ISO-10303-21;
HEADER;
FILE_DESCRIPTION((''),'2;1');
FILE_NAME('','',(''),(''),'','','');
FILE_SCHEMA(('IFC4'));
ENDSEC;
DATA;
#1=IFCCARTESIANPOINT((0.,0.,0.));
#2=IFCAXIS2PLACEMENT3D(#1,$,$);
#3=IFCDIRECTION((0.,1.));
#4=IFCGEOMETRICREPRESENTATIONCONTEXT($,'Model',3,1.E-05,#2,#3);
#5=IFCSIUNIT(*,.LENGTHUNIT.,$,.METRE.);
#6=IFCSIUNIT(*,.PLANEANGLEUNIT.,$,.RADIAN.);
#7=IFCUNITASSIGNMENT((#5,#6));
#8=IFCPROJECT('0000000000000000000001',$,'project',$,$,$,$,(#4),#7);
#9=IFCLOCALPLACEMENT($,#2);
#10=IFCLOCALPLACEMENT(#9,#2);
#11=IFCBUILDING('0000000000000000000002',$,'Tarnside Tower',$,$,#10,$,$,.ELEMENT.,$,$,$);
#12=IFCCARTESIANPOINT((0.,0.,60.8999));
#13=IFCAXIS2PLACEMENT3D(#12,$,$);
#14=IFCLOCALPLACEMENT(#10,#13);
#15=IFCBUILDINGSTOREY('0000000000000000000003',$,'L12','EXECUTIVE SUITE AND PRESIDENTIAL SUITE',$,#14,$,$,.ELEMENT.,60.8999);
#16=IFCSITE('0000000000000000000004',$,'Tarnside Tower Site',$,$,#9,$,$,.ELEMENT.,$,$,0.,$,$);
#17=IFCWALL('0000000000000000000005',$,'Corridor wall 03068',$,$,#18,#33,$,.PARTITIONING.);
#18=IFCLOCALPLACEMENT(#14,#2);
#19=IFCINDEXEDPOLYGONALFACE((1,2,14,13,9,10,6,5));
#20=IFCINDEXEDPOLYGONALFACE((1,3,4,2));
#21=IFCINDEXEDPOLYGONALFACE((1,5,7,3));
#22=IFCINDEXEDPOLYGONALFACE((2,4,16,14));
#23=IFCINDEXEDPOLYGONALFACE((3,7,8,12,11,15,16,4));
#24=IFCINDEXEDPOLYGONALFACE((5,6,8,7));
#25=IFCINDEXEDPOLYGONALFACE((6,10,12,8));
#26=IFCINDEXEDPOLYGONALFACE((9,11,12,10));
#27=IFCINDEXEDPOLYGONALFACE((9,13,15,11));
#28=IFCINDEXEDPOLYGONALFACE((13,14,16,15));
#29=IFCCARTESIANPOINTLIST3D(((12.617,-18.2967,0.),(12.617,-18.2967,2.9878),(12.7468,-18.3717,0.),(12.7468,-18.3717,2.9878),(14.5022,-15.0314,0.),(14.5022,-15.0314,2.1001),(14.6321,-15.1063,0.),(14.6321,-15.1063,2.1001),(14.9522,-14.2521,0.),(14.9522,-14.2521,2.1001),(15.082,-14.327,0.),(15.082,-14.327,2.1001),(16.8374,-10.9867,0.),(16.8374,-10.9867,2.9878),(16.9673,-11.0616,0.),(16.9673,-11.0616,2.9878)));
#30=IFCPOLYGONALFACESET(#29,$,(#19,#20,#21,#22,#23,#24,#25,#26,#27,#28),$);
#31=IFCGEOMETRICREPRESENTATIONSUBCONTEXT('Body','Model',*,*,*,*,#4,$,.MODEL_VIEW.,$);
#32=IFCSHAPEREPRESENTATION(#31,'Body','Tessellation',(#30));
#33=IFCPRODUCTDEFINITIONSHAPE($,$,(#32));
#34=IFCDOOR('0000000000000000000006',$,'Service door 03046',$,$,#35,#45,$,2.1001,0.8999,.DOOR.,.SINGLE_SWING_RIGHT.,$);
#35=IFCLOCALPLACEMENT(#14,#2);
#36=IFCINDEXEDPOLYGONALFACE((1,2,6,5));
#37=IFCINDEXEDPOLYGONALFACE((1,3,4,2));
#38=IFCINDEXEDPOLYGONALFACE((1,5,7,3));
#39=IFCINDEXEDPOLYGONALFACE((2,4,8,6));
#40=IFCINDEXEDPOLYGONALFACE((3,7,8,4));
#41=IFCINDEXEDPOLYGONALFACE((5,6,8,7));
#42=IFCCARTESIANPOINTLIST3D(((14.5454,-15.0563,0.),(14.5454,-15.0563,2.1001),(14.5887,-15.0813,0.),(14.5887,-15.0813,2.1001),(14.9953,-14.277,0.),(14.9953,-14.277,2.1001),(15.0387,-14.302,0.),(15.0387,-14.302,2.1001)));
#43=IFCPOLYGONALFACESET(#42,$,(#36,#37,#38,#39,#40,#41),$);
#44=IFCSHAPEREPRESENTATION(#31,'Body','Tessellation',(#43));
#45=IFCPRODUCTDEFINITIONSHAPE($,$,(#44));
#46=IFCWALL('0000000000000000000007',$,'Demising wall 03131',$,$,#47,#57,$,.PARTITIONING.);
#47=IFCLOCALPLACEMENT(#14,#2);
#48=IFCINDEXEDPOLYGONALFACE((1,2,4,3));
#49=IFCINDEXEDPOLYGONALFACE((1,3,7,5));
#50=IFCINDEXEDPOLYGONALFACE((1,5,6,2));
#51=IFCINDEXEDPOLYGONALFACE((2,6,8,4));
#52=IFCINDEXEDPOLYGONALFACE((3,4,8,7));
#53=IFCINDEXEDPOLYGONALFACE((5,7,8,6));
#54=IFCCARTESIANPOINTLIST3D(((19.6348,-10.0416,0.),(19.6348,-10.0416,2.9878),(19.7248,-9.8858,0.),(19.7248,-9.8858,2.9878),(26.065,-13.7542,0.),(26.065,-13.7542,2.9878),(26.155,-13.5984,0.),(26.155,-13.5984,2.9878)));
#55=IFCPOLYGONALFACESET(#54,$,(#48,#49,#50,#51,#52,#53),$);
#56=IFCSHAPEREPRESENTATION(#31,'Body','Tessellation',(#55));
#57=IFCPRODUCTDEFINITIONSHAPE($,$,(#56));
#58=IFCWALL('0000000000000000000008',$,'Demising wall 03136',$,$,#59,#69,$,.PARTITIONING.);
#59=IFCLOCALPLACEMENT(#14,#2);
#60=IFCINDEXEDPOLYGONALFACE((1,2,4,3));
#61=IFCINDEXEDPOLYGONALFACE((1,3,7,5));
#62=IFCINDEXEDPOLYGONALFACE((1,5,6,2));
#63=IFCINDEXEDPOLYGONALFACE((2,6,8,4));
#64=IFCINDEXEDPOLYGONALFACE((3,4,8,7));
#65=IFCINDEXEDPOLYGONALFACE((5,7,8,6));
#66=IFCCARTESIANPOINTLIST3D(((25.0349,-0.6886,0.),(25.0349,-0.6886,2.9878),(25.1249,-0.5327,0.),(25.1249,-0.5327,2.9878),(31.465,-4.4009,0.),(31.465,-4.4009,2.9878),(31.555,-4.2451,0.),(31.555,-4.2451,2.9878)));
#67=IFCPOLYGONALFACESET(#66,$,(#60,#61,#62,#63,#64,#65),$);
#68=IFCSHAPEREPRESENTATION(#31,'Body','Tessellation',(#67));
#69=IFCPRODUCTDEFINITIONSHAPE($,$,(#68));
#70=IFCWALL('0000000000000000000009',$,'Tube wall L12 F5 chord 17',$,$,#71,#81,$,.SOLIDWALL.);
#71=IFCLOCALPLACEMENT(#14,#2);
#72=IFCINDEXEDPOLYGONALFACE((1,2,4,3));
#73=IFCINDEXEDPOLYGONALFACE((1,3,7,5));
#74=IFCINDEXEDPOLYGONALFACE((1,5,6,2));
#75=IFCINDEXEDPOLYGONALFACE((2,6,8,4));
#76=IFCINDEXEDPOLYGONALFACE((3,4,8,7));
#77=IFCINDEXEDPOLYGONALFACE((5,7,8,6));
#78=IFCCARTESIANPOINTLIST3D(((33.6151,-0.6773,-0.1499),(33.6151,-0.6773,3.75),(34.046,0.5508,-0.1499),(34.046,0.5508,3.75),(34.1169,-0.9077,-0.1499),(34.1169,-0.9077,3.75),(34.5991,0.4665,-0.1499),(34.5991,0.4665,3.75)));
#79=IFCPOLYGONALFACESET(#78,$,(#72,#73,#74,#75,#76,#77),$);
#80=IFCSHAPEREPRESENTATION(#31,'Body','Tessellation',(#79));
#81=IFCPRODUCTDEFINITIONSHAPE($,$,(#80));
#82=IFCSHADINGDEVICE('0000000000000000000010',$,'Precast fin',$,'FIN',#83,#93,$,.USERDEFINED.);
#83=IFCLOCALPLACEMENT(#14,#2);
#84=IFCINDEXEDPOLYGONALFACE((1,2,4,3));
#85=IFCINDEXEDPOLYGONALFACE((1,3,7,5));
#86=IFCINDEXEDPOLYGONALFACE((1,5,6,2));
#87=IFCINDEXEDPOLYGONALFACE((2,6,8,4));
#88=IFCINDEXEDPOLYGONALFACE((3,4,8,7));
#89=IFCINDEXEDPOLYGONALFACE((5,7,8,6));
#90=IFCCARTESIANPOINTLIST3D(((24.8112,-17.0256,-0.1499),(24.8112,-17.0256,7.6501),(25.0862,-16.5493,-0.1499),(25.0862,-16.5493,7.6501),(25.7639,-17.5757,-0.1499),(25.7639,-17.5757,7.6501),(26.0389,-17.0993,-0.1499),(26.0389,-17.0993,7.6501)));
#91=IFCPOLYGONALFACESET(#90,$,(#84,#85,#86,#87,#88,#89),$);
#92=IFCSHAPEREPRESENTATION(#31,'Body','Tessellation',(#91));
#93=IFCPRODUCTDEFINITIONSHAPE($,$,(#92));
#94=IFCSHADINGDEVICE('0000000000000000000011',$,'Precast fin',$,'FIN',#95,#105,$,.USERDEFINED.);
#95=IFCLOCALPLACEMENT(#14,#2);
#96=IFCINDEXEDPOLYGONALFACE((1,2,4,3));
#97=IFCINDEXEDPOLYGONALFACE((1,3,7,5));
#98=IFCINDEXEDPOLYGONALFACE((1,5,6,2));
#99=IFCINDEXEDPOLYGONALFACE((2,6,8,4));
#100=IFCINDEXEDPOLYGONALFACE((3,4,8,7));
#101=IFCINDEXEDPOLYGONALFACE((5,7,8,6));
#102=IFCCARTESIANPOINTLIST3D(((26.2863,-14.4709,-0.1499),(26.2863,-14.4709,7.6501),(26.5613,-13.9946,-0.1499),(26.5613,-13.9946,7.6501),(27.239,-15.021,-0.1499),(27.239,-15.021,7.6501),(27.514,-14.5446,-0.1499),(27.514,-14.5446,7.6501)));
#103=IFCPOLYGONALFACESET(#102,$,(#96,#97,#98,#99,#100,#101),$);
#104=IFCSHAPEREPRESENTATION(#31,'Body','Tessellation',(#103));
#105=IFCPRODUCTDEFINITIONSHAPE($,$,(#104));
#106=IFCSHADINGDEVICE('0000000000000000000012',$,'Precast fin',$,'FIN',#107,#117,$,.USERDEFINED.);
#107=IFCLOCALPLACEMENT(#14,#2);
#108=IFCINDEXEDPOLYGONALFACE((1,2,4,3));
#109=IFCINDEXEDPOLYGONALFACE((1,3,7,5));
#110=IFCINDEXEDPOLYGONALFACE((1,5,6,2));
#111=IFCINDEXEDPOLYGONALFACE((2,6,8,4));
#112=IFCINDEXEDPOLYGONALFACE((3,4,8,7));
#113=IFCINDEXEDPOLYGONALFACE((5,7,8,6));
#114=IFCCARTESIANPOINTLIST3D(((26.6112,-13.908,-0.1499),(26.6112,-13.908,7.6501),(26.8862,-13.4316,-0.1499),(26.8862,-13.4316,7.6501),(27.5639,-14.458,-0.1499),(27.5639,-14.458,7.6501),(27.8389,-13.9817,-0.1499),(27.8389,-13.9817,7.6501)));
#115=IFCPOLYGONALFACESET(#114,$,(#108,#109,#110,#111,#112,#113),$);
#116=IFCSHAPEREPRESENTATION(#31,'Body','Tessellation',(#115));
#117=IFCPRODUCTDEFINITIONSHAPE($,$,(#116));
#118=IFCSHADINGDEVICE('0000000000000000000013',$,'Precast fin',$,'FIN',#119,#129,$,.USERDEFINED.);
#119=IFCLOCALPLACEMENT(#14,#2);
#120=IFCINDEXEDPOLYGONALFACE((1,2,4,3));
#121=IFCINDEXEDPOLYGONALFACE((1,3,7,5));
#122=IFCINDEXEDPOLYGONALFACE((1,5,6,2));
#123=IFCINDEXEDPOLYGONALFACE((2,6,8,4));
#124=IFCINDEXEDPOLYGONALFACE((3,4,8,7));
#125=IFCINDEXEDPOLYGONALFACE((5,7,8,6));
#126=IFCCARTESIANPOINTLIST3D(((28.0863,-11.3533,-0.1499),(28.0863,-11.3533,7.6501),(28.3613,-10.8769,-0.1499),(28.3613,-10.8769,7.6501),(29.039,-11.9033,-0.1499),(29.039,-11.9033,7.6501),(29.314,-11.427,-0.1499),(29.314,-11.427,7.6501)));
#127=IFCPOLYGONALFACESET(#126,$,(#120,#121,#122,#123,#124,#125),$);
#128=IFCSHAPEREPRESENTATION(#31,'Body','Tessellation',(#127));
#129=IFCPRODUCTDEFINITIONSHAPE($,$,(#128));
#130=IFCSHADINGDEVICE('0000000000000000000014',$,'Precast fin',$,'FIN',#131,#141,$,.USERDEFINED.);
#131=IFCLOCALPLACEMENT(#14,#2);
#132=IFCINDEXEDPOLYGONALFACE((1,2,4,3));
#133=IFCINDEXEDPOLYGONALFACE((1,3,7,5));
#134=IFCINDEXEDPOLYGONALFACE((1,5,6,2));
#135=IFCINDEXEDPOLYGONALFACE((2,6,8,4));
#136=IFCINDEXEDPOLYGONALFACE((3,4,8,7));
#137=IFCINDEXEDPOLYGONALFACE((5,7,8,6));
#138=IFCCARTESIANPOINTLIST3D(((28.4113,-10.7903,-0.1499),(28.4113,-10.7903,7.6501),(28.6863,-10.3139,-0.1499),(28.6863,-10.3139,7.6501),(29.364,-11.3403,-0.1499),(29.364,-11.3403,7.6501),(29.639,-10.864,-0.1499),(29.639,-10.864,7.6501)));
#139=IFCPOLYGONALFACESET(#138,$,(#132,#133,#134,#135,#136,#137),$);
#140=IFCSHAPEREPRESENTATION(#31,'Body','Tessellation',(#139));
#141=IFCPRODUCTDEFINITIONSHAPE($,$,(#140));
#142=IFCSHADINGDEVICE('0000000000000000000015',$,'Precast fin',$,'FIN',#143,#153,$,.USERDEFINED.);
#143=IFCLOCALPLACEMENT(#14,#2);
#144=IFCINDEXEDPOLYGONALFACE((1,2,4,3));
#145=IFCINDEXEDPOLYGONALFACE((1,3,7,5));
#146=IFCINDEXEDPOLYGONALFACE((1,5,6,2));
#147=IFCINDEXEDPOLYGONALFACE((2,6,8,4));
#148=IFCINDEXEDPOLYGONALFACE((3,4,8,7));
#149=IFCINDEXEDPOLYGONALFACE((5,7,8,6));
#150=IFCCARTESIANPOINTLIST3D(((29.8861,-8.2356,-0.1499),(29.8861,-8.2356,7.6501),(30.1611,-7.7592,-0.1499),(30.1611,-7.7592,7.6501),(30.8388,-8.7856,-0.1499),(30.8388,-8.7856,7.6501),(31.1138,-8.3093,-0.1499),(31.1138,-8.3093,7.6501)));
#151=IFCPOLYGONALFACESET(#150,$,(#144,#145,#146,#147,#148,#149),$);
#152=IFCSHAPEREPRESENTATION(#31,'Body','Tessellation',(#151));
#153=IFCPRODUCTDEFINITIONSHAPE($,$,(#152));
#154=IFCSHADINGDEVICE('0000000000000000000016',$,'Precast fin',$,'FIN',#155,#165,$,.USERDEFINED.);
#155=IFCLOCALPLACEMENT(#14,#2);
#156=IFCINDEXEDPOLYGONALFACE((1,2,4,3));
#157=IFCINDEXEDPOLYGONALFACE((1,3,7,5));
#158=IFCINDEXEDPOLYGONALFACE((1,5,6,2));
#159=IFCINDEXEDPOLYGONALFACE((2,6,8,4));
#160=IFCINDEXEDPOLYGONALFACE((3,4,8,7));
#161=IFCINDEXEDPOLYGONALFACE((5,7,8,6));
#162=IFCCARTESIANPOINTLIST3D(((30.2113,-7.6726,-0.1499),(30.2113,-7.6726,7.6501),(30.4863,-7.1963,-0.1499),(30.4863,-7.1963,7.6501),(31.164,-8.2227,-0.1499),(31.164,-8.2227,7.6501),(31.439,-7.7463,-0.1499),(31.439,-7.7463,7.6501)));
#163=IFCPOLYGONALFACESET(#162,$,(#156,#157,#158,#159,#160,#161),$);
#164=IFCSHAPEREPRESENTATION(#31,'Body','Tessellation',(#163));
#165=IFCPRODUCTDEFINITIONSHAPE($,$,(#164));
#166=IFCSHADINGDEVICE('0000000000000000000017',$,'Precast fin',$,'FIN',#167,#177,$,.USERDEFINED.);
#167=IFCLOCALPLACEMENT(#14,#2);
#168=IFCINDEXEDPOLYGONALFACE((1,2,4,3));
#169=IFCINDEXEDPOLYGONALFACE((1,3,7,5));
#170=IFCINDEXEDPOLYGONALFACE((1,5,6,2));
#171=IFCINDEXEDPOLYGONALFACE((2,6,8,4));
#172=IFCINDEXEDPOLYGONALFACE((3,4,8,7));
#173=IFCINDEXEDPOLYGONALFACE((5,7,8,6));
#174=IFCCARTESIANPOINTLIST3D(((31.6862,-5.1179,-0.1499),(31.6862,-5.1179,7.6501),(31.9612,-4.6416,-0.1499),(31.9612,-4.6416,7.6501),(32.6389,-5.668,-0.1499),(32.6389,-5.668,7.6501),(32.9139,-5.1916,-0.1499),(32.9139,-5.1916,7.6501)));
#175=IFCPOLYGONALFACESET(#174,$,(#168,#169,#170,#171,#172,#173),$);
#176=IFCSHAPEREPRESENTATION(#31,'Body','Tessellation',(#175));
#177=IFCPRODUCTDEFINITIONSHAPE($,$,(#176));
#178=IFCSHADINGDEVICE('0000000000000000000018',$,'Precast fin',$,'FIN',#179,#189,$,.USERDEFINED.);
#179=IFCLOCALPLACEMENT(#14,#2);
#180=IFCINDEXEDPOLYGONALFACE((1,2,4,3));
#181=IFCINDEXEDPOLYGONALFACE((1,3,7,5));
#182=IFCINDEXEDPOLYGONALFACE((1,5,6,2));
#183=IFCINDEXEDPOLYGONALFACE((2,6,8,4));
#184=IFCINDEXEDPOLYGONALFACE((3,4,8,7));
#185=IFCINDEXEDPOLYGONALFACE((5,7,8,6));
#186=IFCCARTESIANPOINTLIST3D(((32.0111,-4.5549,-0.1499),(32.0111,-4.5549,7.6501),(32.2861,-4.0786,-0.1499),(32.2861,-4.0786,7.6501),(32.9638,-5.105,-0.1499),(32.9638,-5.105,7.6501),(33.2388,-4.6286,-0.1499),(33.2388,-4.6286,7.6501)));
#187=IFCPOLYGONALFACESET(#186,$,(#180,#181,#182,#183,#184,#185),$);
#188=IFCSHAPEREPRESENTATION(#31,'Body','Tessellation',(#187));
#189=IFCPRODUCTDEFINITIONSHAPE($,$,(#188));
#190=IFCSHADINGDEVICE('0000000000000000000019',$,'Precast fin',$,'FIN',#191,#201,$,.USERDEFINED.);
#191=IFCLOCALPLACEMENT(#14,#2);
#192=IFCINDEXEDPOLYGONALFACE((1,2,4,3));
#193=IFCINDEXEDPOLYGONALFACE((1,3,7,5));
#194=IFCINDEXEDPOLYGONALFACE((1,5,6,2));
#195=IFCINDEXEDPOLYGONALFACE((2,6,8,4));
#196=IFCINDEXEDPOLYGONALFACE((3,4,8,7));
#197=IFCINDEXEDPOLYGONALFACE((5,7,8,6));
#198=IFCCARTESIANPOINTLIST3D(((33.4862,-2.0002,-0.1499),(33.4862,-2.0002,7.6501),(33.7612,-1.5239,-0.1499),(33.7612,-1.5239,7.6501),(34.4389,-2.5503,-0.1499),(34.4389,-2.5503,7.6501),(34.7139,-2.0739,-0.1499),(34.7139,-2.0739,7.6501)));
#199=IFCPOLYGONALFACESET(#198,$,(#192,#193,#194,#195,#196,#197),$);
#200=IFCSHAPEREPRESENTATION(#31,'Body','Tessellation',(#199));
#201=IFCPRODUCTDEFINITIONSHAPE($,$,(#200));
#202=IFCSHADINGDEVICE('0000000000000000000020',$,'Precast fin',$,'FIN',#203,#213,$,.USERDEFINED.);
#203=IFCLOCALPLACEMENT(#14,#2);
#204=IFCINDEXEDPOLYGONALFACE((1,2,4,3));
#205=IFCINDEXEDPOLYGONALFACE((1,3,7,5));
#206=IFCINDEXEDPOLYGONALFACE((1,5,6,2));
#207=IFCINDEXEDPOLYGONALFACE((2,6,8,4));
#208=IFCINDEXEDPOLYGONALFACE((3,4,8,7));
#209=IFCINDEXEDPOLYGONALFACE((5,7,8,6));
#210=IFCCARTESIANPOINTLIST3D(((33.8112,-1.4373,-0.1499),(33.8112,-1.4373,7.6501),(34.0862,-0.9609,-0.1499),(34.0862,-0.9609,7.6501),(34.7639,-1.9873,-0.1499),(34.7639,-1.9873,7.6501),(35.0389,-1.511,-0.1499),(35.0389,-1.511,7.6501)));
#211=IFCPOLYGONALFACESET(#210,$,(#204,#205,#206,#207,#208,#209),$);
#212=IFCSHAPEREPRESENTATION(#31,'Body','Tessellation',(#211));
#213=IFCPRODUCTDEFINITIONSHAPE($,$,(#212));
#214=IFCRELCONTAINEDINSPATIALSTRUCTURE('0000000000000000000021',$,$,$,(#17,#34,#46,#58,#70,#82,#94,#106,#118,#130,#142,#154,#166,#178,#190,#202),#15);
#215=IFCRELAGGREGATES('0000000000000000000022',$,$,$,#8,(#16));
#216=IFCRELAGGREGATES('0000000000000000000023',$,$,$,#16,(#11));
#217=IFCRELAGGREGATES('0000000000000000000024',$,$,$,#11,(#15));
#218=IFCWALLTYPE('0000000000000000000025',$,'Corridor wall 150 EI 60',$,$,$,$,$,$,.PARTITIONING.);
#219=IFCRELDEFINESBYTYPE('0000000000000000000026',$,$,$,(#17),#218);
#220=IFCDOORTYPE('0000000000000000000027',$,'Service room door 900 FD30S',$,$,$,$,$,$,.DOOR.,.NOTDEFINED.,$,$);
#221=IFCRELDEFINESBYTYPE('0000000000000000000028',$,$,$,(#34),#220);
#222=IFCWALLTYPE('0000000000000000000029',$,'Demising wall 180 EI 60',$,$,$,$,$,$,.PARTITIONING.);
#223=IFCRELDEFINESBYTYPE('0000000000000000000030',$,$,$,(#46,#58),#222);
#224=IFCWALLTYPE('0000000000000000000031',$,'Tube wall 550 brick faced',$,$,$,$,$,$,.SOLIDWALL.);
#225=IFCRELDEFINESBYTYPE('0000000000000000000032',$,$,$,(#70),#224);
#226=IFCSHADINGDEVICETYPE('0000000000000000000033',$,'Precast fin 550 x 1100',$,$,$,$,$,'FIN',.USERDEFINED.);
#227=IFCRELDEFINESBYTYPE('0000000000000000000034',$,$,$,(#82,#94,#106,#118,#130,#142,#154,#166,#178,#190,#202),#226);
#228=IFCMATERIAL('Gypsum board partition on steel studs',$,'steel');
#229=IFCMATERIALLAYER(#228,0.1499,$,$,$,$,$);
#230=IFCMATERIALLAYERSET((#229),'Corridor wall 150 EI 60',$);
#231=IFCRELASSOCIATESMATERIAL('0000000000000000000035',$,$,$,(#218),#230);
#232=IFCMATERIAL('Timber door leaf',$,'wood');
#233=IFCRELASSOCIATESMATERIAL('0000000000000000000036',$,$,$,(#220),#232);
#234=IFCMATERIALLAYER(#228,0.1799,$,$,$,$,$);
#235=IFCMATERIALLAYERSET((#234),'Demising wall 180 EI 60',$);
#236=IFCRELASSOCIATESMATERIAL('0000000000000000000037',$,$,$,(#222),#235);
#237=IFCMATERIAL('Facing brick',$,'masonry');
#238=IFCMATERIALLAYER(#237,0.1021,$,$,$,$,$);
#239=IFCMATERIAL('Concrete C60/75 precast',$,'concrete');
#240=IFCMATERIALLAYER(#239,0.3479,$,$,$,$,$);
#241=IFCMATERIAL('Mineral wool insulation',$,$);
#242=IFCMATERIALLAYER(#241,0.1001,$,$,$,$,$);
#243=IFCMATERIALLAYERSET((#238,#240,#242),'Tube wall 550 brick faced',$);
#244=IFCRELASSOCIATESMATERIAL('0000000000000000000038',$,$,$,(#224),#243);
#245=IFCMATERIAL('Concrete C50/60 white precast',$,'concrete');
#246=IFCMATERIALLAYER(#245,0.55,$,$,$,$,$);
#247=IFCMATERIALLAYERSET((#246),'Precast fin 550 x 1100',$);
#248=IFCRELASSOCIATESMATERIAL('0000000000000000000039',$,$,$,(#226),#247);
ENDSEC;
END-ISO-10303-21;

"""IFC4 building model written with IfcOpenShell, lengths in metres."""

from ifc_helpers import new_model, si_unit, direction, frame, frame_2d, origin, place, context, subcontext, project, spatial, polyline, rectangle, outline, extrude, material, layer, layer_set, type_object, element, fill, save


model = new_model("IFC4")

# Units and contexts
model_context = context("Model", 3, precision=1e-05, world=origin(), true_north=direction((0.0, 1.0)))
body_context = subcontext(model_context, "Body", "Model", "MODEL_VIEW")
ifc_project = project(units=[si_unit("LENGTHUNIT", "METRE"), si_unit("PLANEANGLEUNIT", "RADIAN")], contexts=[model_context])

# Site, building, storey
site_placement = place(None, origin())
site = spatial("IfcSite", under=ifc_project, at=site_placement, Name="Tarnside Tower Site", CompositionType="ELEMENT", RefElevation=0.0)
building_placement = place(site_placement, origin())
building = spatial("IfcBuilding", under=site, at=building_placement, Name="Tarnside Tower", CompositionType="ELEMENT")
storey_placement = place(building_placement, frame((0.0, 0.0, 60.8999)))
storey = spatial("IfcBuildingStorey", under=building, at=storey_placement, Name="L12", Description="EXECUTIVE SUITE AND PRESIDENTIAL SUITE", CompositionType="ELEMENT", Elevation=60.8999)

# Shared definitions
ifc_material_1 = material(Name="Gypsum board partition on steel studs", Category="steel")

# Shared definitions
ifc_material_2 = material(Name="Timber door leaf", Category="wood")

# Shared definitions
ifc_layer_1 = layer(ifc_material_1, 0.1499)
ifc_layer_set_1 = layer_set([ifc_layer_1], Name="Corridor wall 150 EI 60")
wall_type_1 = type_object("IfcWallType", Name="Corridor wall 150 EI 60", PredefinedType="PARTITIONING", material=ifc_layer_set_1)

# Wall, opening, door
wall_1_placement = place(storey_placement, frame((16.9023, -11.0242, 0.0), z_axis=(0.0, 0.0, 1.0), x_axis=(-0.5, -0.866026, 0.0)))
wall_1 = element("IfcWall", 1, at=wall_1_placement, inside=storey, type_object=wall_type_1, Name="Corridor wall 03068", PredefinedType="PARTITIONING", context=body_context, shape_type="SweptSolid", body=[
    extrude(rectangle(XDim=8.4409, YDim=0.1499, at=frame_2d((4.2205, 0.0))), origin(), (0.0, 0.0, 1.0), 2.9878),
])
opening_1_placement = place(wall_1_placement, frame((3.7705, 0.0, 0.0)))
opening_1 = element("IfcOpeningElement", 2, at=opening_1_placement, cuts=wall_1, PredefinedType="OPENING", context=body_context, shape_type="SweptSolid", body=[
    extrude(rectangle(XDim=0.8999, YDim=2.1001, at=frame_2d((0.45, 1.05))), frame((0.0, 0.085, 0.0), z_axis=(0.0, -1.0, 0.0), x_axis=(1.0, 0.0, 0.0)), (0.0, 0.0, 1.0), 0.1699),
])
door_type_1 = type_object("IfcDoorType", Name="Service room door 900 FD30S", OperationType="NOTDEFINED", PredefinedType="DOOR", material=ifc_material_2)
door_1_placement = place(opening_1_placement, origin())
door_1 = element("IfcDoor", 3, at=door_1_placement, inside=storey, type_object=door_type_1, Name="Service door 03046", OperationType="SINGLE_SWING_RIGHT", OverallHeight=2.1001, OverallWidth=0.8999, PredefinedType="DOOR", context=body_context, shape_type="SweptSolid", body=[
    extrude(rectangle(XDim=0.8999, YDim=2.1001, at=frame_2d((0.45, 1.05))), frame((0.0, 0.0249, 0.0), z_axis=(0.0, -1.0, 0.0), x_axis=(1.0, 0.0, 0.0)), (0.0, 0.0, 1.0), 0.05),
])
fill(opening_1, door_1)

# Walls
ifc_layer_2 = layer(ifc_material_1, 0.1799)
ifc_layer_set_2 = layer_set([ifc_layer_2], Name="Demising wall 180 EI 60")
wall_type_2 = type_object("IfcWallType", Name="Demising wall 180 EI 60", PredefinedType="PARTITIONING", material=ifc_layer_set_2)
wall_2_placement = place(storey_placement, frame((26.1099, -13.6763, 0.0), z_axis=(0.0, 0.0, 1.0), x_axis=(-0.866015, 0.500018, 0.0)))
element("IfcWall", 4, at=wall_2_placement, inside=storey, type_object=wall_type_2, Name="Demising wall 03131", PredefinedType="PARTITIONING", context=body_context, shape_type="SweptSolid", body=[
    extrude(rectangle(XDim=7.425, YDim=0.1799, at=frame_2d((3.7124, 0.0))), origin(), (0.0, 0.0, 1.0), 2.9878),
])
wall_3_placement = place(storey_placement, frame((31.51, -4.323, 0.0), z_axis=(0.0, 0.0, 1.0), x_axis=(-0.866029, 0.499994, 0.0)))
element("IfcWall", 5, at=wall_3_placement, inside=storey, type_object=wall_type_2, Name="Demising wall 03136", PredefinedType="PARTITIONING", context=body_context, shape_type="SweptSolid", body=[
    extrude(rectangle(XDim=7.4248, YDim=0.1799, at=frame_2d((3.7124, 0.0))), origin(), (0.0, 0.0, 1.0), 2.9878),
])
ifc_material_3 = material(Name="Facing brick", Category="masonry")
ifc_layer_3 = layer(ifc_material_3, 0.1021)
ifc_material_4 = material(Name="Concrete C60/75 precast", Category="concrete")
ifc_layer_4 = layer(ifc_material_4, 0.3479)
ifc_material_5 = material(Name="Mineral wool insulation")
ifc_layer_5 = layer(ifc_material_5, 0.1001)
ifc_layer_set_3 = layer_set([ifc_layer_3, ifc_layer_4, ifc_layer_5], Name="Tube wall 550 brick faced")
wall_type_3 = type_object("IfcWallType", Name="Tube wall 550 brick faced", PredefinedType="SOLIDWALL", material=ifc_layer_set_3)
wall_4_placement = place(storey_placement, frame((33.866, -0.7925, -0.1499), z_axis=(0.0, 0.0, 1.0), x_axis=(0.331115, 0.94359, 0.0)))
element("IfcWall", 6, at=wall_4_placement, inside=storey, type_object=wall_type_3, Name="Tube wall L12 F5 chord 17", PredefinedType="SOLIDWALL", context=body_context, shape_type="SweptSolid", body=[
    extrude(outline(polyline([(-0.0256, -0.2749), (1.4307, -0.2749), (1.3271, 0.2749), (0.0256, 0.2749), (-0.0256, -0.2749)])), origin(), (0.0, 0.0, 1.0), 3.8999),
])

# Shading devices
ifc_material_6 = material(Name="Concrete C50/60 white precast", Category="concrete")
ifc_layer_6 = layer(ifc_material_6, 0.55)
ifc_layer_set_4 = layer_set([ifc_layer_6], Name="Precast fin 550 x 1100")
shading_device_type_1 = type_object("IfcShadingDeviceType", Name="Precast fin 550 x 1100", ElementType="FIN", PredefinedType="USERDEFINED", material=ifc_layer_set_4)
for number, where, z_axis, x_axis, name in (
    (7, (24.9487, -16.7874, -0.1499), (-0.5, -0.866025, 0.0), (0.866025, -0.5, 0.0), "Precast fin"),
    (8, (26.4238, -14.2327, -0.1499), (-0.5, -0.866025, 0.0), (0.866025, -0.5, 0.0), "Precast fin"),
    (9, (26.7488, -13.6697, -0.1499), (-0.5, -0.866025, 0.0), (0.866025, -0.5, 0.0), "Precast fin"),
    (10, (28.2239, -11.115, -0.1499), (-0.5, -0.866025, 0.0), (0.866025, -0.5, 0.0), "Precast fin"),
    (11, (28.5488, -10.552, -0.1499), (-0.5, -0.866025, 0.0), (0.866025, -0.5, 0.0), "Precast fin"),
    (12, (30.0237, -7.9973, -0.1499), (-0.5, -0.866025, 0.0), (0.866025, -0.5, 0.0), "Precast fin"),
    (13, (30.3489, -7.4343, -0.1499), (-0.5, -0.866025, 0.0), (0.866025, -0.5, 0.0), "Precast fin"),
    (14, (31.8237, -4.8796, -0.1499), (-0.5, -0.866025, 0.0), (0.866025, -0.5, 0.0), "Precast fin"),
    (15, (32.1487, -4.3167, -0.1499), (-0.5, -0.866025, 0.0), (0.866025, -0.5, 0.0), "Precast fin"),
    (16, (33.6238, -1.762, -0.1499), (-0.5, -0.866025, 0.0), (0.866025, -0.5, 0.0), "Precast fin"),
    (17, (33.9487, -1.199, -0.1499), (-0.5, -0.866025, 0.0), (0.866025, -0.5, 0.0), "Precast fin"),
):
    element("IfcShadingDevice", number, at=place(storey_placement, frame(where, z_axis=z_axis, x_axis=x_axis)), inside=storey, type_object=shading_device_type_1, Name=name, ObjectType="FIN", PredefinedType="USERDEFINED", context=body_context, shape_type="SweptSolid", body=[
        extrude(outline(polyline([(0.0, 0.0), (1.1001, 0.0), (1.1001, 7.8), (0.0, 7.8), (0.0, 0.0)])), frame((0.0, 0.0, -0.2749)), (0.0, 0.0, 1.0), 0.55),
    ])

save(model, "model.ifc")
